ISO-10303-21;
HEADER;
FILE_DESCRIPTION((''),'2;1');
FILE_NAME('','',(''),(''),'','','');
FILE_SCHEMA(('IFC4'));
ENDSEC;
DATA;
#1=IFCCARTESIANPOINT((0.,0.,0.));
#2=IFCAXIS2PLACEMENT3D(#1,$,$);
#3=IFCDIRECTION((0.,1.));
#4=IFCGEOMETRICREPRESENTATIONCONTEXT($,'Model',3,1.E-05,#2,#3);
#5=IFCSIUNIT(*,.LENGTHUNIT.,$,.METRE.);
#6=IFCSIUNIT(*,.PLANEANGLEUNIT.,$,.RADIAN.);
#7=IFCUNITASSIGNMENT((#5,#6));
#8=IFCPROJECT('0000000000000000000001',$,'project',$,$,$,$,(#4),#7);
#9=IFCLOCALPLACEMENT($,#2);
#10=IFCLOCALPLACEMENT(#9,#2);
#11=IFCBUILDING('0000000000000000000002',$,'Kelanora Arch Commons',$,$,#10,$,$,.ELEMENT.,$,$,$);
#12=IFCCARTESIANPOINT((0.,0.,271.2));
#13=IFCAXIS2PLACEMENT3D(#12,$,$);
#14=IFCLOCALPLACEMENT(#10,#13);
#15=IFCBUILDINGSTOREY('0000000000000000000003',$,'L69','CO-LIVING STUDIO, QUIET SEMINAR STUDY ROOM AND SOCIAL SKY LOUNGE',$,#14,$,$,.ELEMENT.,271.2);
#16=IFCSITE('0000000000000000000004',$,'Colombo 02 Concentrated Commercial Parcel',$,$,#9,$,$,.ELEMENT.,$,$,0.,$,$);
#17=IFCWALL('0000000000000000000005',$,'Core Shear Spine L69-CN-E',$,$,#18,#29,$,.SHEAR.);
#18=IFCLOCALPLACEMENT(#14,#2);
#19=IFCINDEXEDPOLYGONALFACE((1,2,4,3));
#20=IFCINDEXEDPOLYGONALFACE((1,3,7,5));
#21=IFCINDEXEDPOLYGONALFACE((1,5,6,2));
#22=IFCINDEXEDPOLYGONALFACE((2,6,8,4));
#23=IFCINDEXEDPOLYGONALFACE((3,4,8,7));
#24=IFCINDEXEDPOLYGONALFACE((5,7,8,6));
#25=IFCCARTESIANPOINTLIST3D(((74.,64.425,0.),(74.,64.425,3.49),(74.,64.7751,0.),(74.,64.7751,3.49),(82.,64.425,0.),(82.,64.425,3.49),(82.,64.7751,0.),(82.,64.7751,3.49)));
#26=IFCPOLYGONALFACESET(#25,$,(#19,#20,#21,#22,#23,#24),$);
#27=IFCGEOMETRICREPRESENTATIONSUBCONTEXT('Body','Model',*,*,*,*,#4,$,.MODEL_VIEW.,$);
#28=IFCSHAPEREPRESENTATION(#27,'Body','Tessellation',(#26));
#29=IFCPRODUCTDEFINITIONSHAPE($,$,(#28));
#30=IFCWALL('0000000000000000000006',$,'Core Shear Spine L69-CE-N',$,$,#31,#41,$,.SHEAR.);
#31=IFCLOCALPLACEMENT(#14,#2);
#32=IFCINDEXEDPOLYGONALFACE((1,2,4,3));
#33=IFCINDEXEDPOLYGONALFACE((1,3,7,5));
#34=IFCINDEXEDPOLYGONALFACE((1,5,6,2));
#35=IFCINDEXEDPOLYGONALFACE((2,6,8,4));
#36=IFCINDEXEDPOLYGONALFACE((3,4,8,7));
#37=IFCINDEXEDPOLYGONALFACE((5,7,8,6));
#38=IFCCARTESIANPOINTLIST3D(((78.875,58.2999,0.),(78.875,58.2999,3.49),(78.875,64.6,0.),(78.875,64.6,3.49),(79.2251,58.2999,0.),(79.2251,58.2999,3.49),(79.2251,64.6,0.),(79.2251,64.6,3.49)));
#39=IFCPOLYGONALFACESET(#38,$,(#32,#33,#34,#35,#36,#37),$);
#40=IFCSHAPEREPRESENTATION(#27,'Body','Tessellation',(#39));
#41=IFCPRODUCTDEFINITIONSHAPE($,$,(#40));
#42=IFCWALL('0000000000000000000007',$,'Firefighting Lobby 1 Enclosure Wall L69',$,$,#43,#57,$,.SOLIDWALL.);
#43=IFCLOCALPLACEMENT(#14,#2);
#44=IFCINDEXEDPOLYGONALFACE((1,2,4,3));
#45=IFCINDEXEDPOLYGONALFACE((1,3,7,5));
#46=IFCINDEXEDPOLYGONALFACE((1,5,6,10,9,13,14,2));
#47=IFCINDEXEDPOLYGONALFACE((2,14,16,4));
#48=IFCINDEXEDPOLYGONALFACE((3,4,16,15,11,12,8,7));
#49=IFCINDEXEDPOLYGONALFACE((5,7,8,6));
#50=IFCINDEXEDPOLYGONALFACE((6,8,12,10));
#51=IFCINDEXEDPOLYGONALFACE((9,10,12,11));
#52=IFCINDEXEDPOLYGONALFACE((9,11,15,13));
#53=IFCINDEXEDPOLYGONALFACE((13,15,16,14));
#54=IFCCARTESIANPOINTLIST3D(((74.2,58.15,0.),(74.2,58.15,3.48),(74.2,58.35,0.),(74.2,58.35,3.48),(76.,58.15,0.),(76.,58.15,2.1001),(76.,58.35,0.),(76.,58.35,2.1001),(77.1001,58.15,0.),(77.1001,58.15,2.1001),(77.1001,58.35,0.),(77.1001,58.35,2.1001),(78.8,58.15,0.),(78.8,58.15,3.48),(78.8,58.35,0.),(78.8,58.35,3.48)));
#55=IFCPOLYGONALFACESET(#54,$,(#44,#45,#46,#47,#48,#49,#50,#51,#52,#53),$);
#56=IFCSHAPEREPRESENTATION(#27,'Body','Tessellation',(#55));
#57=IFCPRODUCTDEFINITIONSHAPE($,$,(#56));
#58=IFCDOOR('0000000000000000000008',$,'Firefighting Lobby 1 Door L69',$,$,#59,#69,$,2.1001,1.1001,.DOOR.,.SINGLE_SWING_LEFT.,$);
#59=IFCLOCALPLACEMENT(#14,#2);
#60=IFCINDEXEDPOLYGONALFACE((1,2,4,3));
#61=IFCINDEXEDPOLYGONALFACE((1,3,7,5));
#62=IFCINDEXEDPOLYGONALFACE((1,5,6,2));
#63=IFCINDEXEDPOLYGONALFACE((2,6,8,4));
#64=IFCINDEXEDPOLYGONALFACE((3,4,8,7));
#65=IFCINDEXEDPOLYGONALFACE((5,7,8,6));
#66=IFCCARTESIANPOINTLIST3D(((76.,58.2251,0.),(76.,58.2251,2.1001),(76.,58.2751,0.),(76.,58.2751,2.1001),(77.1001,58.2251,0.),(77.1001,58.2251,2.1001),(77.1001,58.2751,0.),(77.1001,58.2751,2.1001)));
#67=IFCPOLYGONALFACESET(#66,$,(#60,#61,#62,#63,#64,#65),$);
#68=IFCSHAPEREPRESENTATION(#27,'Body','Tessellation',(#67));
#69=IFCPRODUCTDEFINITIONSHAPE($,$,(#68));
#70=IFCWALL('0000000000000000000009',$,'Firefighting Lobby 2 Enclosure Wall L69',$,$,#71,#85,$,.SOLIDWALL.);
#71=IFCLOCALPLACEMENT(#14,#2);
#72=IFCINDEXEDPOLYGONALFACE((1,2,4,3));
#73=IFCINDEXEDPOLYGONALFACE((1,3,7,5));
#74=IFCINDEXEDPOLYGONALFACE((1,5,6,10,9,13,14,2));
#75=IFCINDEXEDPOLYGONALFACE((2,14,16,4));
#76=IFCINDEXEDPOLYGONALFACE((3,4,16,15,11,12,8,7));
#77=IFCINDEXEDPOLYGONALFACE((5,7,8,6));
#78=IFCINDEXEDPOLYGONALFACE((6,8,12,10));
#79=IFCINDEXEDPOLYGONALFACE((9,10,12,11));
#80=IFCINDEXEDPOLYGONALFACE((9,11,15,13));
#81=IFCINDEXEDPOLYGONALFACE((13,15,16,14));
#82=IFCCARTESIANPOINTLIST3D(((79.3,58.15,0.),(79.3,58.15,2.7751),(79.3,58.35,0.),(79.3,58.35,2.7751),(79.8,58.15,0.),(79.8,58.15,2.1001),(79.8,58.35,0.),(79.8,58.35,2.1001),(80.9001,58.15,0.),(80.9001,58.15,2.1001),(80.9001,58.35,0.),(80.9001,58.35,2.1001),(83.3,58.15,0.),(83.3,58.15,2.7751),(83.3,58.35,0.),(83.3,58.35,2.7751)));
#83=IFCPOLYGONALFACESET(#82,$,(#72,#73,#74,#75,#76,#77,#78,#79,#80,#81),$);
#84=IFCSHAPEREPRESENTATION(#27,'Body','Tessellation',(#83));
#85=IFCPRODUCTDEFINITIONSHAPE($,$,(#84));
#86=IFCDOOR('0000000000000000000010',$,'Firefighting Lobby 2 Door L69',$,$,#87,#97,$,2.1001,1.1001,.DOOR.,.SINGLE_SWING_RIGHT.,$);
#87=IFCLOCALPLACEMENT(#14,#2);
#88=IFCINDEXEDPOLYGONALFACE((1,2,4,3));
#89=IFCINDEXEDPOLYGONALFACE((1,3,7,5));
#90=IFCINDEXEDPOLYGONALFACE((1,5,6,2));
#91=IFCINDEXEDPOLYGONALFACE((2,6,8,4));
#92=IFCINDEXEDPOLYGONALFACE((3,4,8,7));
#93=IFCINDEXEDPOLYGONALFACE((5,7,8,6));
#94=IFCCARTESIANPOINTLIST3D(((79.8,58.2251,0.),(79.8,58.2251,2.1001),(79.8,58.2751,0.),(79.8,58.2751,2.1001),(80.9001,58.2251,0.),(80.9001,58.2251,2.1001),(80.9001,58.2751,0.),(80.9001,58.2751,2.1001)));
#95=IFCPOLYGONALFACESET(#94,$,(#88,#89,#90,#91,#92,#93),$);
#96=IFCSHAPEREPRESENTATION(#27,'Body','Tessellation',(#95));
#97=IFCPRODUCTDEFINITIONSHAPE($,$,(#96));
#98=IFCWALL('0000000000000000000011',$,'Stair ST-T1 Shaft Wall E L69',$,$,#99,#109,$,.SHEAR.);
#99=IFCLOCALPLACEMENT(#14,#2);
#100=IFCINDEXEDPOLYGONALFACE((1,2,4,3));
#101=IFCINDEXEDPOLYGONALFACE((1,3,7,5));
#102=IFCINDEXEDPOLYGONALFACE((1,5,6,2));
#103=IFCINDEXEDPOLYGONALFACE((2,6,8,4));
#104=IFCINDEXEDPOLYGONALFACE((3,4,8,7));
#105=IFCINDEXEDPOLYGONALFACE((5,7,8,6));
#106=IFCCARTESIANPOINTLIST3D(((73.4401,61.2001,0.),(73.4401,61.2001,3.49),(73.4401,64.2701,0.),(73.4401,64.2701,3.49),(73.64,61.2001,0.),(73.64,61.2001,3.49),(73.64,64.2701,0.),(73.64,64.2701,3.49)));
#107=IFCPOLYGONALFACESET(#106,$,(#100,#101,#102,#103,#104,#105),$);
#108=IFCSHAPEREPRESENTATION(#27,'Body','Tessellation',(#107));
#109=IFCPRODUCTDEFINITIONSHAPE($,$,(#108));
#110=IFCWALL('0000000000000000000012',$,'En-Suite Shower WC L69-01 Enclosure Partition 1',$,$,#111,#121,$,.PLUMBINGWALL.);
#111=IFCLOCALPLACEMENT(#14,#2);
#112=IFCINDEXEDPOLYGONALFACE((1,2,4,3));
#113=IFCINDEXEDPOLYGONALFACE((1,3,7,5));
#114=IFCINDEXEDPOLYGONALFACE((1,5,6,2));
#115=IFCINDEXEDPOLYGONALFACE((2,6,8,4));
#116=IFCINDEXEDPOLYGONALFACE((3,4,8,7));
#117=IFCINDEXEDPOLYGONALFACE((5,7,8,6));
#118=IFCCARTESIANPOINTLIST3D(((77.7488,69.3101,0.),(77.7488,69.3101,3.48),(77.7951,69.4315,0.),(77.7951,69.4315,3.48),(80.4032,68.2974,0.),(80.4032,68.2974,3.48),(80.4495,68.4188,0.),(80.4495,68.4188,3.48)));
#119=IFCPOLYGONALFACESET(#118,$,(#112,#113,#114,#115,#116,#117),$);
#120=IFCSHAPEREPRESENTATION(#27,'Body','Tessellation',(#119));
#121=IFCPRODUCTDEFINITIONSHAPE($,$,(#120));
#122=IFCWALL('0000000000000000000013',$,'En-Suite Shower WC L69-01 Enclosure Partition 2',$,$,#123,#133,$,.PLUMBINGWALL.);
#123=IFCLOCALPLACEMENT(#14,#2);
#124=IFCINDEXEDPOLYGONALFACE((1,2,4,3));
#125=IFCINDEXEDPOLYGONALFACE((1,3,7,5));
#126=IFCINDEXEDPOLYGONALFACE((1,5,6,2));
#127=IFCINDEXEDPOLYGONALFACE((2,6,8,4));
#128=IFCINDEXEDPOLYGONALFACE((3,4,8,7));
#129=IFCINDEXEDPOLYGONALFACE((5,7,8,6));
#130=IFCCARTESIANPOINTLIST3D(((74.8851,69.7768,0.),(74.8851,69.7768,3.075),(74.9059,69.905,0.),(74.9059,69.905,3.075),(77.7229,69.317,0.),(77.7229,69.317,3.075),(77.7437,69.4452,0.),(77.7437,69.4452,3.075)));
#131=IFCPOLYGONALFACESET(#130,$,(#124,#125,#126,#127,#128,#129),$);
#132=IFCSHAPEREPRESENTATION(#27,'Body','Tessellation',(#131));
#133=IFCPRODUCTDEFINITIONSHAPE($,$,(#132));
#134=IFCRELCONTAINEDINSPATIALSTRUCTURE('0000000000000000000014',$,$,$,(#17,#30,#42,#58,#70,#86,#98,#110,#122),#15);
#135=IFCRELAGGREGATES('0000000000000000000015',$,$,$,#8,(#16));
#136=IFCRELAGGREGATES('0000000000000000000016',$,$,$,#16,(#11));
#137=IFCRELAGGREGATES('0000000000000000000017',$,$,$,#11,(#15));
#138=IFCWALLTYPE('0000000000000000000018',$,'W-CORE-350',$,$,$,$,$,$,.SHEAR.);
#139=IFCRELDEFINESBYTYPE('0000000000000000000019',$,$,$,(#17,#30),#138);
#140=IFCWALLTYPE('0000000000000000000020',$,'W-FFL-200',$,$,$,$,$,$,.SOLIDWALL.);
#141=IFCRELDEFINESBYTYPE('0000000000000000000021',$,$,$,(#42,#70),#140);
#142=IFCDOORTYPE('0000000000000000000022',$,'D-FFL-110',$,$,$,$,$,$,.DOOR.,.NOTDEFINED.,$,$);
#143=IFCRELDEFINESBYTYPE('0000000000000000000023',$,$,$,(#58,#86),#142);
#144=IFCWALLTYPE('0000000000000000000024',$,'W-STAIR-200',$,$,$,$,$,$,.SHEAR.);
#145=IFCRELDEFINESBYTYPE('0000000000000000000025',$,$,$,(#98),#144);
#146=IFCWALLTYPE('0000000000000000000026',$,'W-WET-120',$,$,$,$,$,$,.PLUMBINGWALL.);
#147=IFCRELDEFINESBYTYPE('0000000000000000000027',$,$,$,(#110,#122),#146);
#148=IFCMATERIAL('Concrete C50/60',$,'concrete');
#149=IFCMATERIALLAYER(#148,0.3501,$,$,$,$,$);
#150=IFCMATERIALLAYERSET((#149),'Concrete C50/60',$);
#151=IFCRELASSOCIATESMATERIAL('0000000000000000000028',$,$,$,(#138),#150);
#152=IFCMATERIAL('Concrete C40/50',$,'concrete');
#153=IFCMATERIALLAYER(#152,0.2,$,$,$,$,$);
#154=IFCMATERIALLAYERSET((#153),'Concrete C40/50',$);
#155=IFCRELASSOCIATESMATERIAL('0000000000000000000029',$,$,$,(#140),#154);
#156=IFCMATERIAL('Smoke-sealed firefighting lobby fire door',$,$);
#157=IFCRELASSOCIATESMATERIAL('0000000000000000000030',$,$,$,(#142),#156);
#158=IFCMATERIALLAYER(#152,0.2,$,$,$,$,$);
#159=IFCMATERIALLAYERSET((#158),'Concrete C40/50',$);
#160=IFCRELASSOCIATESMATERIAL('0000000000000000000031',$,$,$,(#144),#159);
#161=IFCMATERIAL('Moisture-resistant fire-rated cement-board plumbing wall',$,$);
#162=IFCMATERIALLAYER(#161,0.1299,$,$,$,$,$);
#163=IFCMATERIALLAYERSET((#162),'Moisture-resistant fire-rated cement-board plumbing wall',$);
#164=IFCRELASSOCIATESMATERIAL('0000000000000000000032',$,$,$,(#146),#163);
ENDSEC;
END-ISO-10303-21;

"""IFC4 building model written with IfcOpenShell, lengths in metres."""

from ifc_helpers import new_model, si_unit, direction, frame, frame_2d, origin, place, context, subcontext, project, spatial, rectangle, extrude, material, layer, layer_set, type_object, element, fill, save


model = new_model("IFC4")

# Units and contexts
model_context = context("Model", 3, precision=1e-05, world=origin(), true_north=direction((0.0, 1.0)))
body_context = subcontext(model_context, "Body", "Model", "MODEL_VIEW")
ifc_project = project(units=[si_unit("LENGTHUNIT", "METRE"), si_unit("PLANEANGLEUNIT", "RADIAN")], contexts=[model_context])

# Site, building, storey
site_placement = place(None, origin())
site = spatial("IfcSite", under=ifc_project, at=site_placement, Name="Colombo 02 Concentrated Commercial Parcel", CompositionType="ELEMENT", RefElevation=0.0)
building_placement = place(site_placement, origin())
building = spatial("IfcBuilding", under=site, at=building_placement, Name="Kelanora Arch Commons", CompositionType="ELEMENT")
storey_placement = place(building_placement, frame((0.0, 0.0, 271.2)))
storey = spatial("IfcBuildingStorey", under=building, at=storey_placement, Name="L69", Description="CO-LIVING STUDIO, QUIET SEMINAR STUDY ROOM AND SOCIAL SKY LOUNGE", CompositionType="ELEMENT", Elevation=271.2)

# Shared definitions
ifc_material_1 = material(Name="Concrete C50/60", Category="concrete")

# Walls
ifc_layer_1 = layer(ifc_material_1, 0.3501)
ifc_layer_set_1 = layer_set([ifc_layer_1], Name="Concrete C50/60")
wall_type_1 = type_object("IfcWallType", Name="W-CORE-350", PredefinedType="SHEAR", material=ifc_layer_set_1)
wall_1_placement = place(storey_placement, frame((74.0, 64.6001, 0.0), z_axis=(0.0, 0.0, 1.0), x_axis=(1.0, 0.0, 0.0)))
element("IfcWall", 1, at=wall_1_placement, inside=storey, type_object=wall_type_1, Name="Core Shear Spine L69-CN-E", PredefinedType="SHEAR", context=body_context, shape_type="SweptSolid", body=[
    extrude(rectangle(XDim=8.0, YDim=0.3501, at=frame_2d((4.0, 0.0))), origin(), (0.0, 0.0, 1.0), 3.49),
])
wall_2_placement = place(storey_placement, frame((79.05, 58.3, 0.0), z_axis=(0.0, 0.0, 1.0), x_axis=(0.0, 1.0, 0.0)))
element("IfcWall", 2, at=wall_2_placement, inside=storey, type_object=wall_type_1, Name="Core Shear Spine L69-CE-N", PredefinedType="SHEAR", context=body_context, shape_type="SweptSolid", body=[
    extrude(rectangle(XDim=6.3, YDim=0.3501, at=frame_2d((3.1499, 0.0))), origin(), (0.0, 0.0, 1.0), 3.49),
])

# Walls, openings, doors
ifc_material_2 = material(Name="Concrete C40/50", Category="concrete")
ifc_layer_2 = layer(ifc_material_2, 0.2)
ifc_layer_set_2 = layer_set([ifc_layer_2], Name="Concrete C40/50")
wall_type_2 = type_object("IfcWallType", Name="W-FFL-200", PredefinedType="SOLIDWALL", material=ifc_layer_set_2)
wall_3_placement = place(storey_placement, frame((74.2, 58.25, 0.0), z_axis=(0.0, 0.0, 1.0), x_axis=(1.0, 0.0, 0.0)))
wall_3 = element("IfcWall", 3, at=wall_3_placement, inside=storey, type_object=wall_type_2, Name="Firefighting Lobby 1 Enclosure Wall L69", PredefinedType="SOLIDWALL", context=body_context, shape_type="SweptSolid", body=[
    extrude(rectangle(XDim=4.6001, YDim=0.2, at=frame_2d((2.3, 0.0))), origin(), (0.0, 0.0, 1.0), 3.48),
])
opening_1_placement = place(wall_3_placement, frame((1.8, 0.0, 0.0)))
opening_1 = element("IfcOpeningElement", 4, at=opening_1_placement, cuts=wall_3, PredefinedType="OPENING", context=body_context, shape_type="SweptSolid", body=[
    extrude(rectangle(XDim=1.1001, YDim=2.1001, at=frame_2d((0.55, 1.05))), frame((0.0, 0.1099, 0.0), z_axis=(0.0, -1.0, 0.0), x_axis=(1.0, 0.0, 0.0)), (0.0, 0.0, 1.0), 0.22),
])
ifc_material_3 = material(Name="Smoke-sealed firefighting lobby fire door")
door_type_1 = type_object("IfcDoorType", Name="D-FFL-110", OperationType="NOTDEFINED", PredefinedType="DOOR", material=ifc_material_3)
door_1_placement = place(opening_1_placement, frame((1.1001, 0.0, 0.0), z_axis=(0.0, 0.0, 1.0), x_axis=(-1.0, 0.0, 0.0)))
door_1 = element("IfcDoor", 5, at=door_1_placement, inside=storey, type_object=door_type_1, Name="Firefighting Lobby 1 Door L69", OperationType="SINGLE_SWING_LEFT", OverallHeight=2.1001, OverallWidth=1.1001, PredefinedType="DOOR", context=body_context, shape_type="SweptSolid", body=[
    extrude(rectangle(XDim=1.1001, YDim=2.1001, at=frame_2d((0.55, 1.05))), frame((0.0, 0.0249, 0.0), z_axis=(0.0, -1.0, 0.0), x_axis=(1.0, 0.0, 0.0)), (0.0, 0.0, 1.0), 0.05),
])
fill(opening_1, door_1)
wall_4_placement = place(storey_placement, frame((79.3, 58.25, 0.0), z_axis=(0.0, 0.0, 1.0), x_axis=(1.0, 0.0, 0.0)))
wall_4 = element("IfcWall", 6, at=wall_4_placement, inside=storey, type_object=wall_type_2, Name="Firefighting Lobby 2 Enclosure Wall L69", PredefinedType="SOLIDWALL", context=body_context, shape_type="SweptSolid", body=[
    extrude(rectangle(XDim=4.0, YDim=0.2, at=frame_2d((2.0, 0.0))), origin(), (0.0, 0.0, 1.0), 2.7751),
])
opening_2_placement = place(wall_4_placement, frame((0.5, 0.0, 0.0)))
opening_2 = element("IfcOpeningElement", 7, at=opening_2_placement, cuts=wall_4, PredefinedType="OPENING", context=body_context, shape_type="SweptSolid", body=[
    extrude(rectangle(XDim=1.1001, YDim=2.1001, at=frame_2d((0.55, 1.05))), frame((0.0, 0.1099, 0.0), z_axis=(0.0, -1.0, 0.0), x_axis=(1.0, 0.0, 0.0)), (0.0, 0.0, 1.0), 0.22),
])
door_2_placement = place(opening_2_placement, frame((1.1001, 0.0, 0.0), z_axis=(0.0, 0.0, 1.0), x_axis=(-1.0, 0.0, 0.0)))
door_2 = element("IfcDoor", 8, at=door_2_placement, inside=storey, type_object=door_type_1, Name="Firefighting Lobby 2 Door L69", OperationType="SINGLE_SWING_RIGHT", OverallHeight=2.1001, OverallWidth=1.1001, PredefinedType="DOOR", context=body_context, shape_type="SweptSolid", body=[
    extrude(rectangle(XDim=1.1001, YDim=2.1001, at=frame_2d((0.55, 1.05))), frame((0.0, 0.0249, 0.0), z_axis=(0.0, -1.0, 0.0), x_axis=(1.0, 0.0, 0.0)), (0.0, 0.0, 1.0), 0.05),
])
fill(opening_2, door_2)

# Walls
ifc_layer_3 = layer(ifc_material_2, 0.2)
ifc_layer_set_3 = layer_set([ifc_layer_3], Name="Concrete C40/50")
wall_type_3 = type_object("IfcWallType", Name="W-STAIR-200", PredefinedType="SHEAR", material=ifc_layer_set_3)
wall_5_placement = place(storey_placement, frame((73.54, 61.2, 0.0), z_axis=(0.0, 0.0, 1.0), x_axis=(0.0, 1.0, 0.0)))
element("IfcWall", 9, at=wall_5_placement, inside=storey, type_object=wall_type_3, Name="Stair ST-T1 Shaft Wall E L69", PredefinedType="SHEAR", context=body_context, shape_type="SweptSolid", body=[
    extrude(rectangle(XDim=3.0701, YDim=0.2, at=frame_2d((1.5352, 0.0))), origin(), (0.0, 0.0, 1.0), 3.49),
])
ifc_material_4 = material(Name="Moisture-resistant fire-rated cement-board plumbing wall")
ifc_layer_4 = layer(ifc_material_4, 0.1299)
ifc_layer_set_4 = layer_set([ifc_layer_4], Name="Moisture-resistant fire-rated cement-board plumbing wall")
wall_type_4 = type_object("IfcWallType", Name="W-WET-120", PredefinedType="PLUMBINGWALL", material=ifc_layer_set_4)
wall_6_placement = place(storey_placement, frame((80.4263, 68.3582, 0.0), z_axis=(0.0, 0.0, 1.0), x_axis=(-0.934319, 0.356438, 0.0)))
element("IfcWall", 10, at=wall_6_placement, inside=storey, type_object=wall_type_4, Name="En-Suite Shower WC L69-01 Enclosure Partition 1", PredefinedType="PLUMBINGWALL", context=body_context, shape_type="SweptSolid", body=[
    extrude(rectangle(XDim=2.8411, YDim=0.1299, at=frame_2d((1.4204, 0.0))), origin(), (0.0, 0.0, 1.0), 3.48),
])
wall_7_placement = place(storey_placement, frame((77.7334, 69.3811, 0.0), z_axis=(0.0, 0.0, 1.0), x_axis=(-0.98713, 0.159921, 0.0)))
element("IfcWall", 11, at=wall_7_placement, inside=storey, type_object=wall_type_4, Name="En-Suite Shower WC L69-01 Enclosure Partition 2", PredefinedType="PLUMBINGWALL", context=body_context, shape_type="SweptSolid", body=[
    extrude(rectangle(XDim=2.8748, YDim=0.1299, at=frame_2d((1.4375, 0.0))), origin(), (0.0, 0.0, 1.0), 3.075),
])

save(model, "model.ifc")
